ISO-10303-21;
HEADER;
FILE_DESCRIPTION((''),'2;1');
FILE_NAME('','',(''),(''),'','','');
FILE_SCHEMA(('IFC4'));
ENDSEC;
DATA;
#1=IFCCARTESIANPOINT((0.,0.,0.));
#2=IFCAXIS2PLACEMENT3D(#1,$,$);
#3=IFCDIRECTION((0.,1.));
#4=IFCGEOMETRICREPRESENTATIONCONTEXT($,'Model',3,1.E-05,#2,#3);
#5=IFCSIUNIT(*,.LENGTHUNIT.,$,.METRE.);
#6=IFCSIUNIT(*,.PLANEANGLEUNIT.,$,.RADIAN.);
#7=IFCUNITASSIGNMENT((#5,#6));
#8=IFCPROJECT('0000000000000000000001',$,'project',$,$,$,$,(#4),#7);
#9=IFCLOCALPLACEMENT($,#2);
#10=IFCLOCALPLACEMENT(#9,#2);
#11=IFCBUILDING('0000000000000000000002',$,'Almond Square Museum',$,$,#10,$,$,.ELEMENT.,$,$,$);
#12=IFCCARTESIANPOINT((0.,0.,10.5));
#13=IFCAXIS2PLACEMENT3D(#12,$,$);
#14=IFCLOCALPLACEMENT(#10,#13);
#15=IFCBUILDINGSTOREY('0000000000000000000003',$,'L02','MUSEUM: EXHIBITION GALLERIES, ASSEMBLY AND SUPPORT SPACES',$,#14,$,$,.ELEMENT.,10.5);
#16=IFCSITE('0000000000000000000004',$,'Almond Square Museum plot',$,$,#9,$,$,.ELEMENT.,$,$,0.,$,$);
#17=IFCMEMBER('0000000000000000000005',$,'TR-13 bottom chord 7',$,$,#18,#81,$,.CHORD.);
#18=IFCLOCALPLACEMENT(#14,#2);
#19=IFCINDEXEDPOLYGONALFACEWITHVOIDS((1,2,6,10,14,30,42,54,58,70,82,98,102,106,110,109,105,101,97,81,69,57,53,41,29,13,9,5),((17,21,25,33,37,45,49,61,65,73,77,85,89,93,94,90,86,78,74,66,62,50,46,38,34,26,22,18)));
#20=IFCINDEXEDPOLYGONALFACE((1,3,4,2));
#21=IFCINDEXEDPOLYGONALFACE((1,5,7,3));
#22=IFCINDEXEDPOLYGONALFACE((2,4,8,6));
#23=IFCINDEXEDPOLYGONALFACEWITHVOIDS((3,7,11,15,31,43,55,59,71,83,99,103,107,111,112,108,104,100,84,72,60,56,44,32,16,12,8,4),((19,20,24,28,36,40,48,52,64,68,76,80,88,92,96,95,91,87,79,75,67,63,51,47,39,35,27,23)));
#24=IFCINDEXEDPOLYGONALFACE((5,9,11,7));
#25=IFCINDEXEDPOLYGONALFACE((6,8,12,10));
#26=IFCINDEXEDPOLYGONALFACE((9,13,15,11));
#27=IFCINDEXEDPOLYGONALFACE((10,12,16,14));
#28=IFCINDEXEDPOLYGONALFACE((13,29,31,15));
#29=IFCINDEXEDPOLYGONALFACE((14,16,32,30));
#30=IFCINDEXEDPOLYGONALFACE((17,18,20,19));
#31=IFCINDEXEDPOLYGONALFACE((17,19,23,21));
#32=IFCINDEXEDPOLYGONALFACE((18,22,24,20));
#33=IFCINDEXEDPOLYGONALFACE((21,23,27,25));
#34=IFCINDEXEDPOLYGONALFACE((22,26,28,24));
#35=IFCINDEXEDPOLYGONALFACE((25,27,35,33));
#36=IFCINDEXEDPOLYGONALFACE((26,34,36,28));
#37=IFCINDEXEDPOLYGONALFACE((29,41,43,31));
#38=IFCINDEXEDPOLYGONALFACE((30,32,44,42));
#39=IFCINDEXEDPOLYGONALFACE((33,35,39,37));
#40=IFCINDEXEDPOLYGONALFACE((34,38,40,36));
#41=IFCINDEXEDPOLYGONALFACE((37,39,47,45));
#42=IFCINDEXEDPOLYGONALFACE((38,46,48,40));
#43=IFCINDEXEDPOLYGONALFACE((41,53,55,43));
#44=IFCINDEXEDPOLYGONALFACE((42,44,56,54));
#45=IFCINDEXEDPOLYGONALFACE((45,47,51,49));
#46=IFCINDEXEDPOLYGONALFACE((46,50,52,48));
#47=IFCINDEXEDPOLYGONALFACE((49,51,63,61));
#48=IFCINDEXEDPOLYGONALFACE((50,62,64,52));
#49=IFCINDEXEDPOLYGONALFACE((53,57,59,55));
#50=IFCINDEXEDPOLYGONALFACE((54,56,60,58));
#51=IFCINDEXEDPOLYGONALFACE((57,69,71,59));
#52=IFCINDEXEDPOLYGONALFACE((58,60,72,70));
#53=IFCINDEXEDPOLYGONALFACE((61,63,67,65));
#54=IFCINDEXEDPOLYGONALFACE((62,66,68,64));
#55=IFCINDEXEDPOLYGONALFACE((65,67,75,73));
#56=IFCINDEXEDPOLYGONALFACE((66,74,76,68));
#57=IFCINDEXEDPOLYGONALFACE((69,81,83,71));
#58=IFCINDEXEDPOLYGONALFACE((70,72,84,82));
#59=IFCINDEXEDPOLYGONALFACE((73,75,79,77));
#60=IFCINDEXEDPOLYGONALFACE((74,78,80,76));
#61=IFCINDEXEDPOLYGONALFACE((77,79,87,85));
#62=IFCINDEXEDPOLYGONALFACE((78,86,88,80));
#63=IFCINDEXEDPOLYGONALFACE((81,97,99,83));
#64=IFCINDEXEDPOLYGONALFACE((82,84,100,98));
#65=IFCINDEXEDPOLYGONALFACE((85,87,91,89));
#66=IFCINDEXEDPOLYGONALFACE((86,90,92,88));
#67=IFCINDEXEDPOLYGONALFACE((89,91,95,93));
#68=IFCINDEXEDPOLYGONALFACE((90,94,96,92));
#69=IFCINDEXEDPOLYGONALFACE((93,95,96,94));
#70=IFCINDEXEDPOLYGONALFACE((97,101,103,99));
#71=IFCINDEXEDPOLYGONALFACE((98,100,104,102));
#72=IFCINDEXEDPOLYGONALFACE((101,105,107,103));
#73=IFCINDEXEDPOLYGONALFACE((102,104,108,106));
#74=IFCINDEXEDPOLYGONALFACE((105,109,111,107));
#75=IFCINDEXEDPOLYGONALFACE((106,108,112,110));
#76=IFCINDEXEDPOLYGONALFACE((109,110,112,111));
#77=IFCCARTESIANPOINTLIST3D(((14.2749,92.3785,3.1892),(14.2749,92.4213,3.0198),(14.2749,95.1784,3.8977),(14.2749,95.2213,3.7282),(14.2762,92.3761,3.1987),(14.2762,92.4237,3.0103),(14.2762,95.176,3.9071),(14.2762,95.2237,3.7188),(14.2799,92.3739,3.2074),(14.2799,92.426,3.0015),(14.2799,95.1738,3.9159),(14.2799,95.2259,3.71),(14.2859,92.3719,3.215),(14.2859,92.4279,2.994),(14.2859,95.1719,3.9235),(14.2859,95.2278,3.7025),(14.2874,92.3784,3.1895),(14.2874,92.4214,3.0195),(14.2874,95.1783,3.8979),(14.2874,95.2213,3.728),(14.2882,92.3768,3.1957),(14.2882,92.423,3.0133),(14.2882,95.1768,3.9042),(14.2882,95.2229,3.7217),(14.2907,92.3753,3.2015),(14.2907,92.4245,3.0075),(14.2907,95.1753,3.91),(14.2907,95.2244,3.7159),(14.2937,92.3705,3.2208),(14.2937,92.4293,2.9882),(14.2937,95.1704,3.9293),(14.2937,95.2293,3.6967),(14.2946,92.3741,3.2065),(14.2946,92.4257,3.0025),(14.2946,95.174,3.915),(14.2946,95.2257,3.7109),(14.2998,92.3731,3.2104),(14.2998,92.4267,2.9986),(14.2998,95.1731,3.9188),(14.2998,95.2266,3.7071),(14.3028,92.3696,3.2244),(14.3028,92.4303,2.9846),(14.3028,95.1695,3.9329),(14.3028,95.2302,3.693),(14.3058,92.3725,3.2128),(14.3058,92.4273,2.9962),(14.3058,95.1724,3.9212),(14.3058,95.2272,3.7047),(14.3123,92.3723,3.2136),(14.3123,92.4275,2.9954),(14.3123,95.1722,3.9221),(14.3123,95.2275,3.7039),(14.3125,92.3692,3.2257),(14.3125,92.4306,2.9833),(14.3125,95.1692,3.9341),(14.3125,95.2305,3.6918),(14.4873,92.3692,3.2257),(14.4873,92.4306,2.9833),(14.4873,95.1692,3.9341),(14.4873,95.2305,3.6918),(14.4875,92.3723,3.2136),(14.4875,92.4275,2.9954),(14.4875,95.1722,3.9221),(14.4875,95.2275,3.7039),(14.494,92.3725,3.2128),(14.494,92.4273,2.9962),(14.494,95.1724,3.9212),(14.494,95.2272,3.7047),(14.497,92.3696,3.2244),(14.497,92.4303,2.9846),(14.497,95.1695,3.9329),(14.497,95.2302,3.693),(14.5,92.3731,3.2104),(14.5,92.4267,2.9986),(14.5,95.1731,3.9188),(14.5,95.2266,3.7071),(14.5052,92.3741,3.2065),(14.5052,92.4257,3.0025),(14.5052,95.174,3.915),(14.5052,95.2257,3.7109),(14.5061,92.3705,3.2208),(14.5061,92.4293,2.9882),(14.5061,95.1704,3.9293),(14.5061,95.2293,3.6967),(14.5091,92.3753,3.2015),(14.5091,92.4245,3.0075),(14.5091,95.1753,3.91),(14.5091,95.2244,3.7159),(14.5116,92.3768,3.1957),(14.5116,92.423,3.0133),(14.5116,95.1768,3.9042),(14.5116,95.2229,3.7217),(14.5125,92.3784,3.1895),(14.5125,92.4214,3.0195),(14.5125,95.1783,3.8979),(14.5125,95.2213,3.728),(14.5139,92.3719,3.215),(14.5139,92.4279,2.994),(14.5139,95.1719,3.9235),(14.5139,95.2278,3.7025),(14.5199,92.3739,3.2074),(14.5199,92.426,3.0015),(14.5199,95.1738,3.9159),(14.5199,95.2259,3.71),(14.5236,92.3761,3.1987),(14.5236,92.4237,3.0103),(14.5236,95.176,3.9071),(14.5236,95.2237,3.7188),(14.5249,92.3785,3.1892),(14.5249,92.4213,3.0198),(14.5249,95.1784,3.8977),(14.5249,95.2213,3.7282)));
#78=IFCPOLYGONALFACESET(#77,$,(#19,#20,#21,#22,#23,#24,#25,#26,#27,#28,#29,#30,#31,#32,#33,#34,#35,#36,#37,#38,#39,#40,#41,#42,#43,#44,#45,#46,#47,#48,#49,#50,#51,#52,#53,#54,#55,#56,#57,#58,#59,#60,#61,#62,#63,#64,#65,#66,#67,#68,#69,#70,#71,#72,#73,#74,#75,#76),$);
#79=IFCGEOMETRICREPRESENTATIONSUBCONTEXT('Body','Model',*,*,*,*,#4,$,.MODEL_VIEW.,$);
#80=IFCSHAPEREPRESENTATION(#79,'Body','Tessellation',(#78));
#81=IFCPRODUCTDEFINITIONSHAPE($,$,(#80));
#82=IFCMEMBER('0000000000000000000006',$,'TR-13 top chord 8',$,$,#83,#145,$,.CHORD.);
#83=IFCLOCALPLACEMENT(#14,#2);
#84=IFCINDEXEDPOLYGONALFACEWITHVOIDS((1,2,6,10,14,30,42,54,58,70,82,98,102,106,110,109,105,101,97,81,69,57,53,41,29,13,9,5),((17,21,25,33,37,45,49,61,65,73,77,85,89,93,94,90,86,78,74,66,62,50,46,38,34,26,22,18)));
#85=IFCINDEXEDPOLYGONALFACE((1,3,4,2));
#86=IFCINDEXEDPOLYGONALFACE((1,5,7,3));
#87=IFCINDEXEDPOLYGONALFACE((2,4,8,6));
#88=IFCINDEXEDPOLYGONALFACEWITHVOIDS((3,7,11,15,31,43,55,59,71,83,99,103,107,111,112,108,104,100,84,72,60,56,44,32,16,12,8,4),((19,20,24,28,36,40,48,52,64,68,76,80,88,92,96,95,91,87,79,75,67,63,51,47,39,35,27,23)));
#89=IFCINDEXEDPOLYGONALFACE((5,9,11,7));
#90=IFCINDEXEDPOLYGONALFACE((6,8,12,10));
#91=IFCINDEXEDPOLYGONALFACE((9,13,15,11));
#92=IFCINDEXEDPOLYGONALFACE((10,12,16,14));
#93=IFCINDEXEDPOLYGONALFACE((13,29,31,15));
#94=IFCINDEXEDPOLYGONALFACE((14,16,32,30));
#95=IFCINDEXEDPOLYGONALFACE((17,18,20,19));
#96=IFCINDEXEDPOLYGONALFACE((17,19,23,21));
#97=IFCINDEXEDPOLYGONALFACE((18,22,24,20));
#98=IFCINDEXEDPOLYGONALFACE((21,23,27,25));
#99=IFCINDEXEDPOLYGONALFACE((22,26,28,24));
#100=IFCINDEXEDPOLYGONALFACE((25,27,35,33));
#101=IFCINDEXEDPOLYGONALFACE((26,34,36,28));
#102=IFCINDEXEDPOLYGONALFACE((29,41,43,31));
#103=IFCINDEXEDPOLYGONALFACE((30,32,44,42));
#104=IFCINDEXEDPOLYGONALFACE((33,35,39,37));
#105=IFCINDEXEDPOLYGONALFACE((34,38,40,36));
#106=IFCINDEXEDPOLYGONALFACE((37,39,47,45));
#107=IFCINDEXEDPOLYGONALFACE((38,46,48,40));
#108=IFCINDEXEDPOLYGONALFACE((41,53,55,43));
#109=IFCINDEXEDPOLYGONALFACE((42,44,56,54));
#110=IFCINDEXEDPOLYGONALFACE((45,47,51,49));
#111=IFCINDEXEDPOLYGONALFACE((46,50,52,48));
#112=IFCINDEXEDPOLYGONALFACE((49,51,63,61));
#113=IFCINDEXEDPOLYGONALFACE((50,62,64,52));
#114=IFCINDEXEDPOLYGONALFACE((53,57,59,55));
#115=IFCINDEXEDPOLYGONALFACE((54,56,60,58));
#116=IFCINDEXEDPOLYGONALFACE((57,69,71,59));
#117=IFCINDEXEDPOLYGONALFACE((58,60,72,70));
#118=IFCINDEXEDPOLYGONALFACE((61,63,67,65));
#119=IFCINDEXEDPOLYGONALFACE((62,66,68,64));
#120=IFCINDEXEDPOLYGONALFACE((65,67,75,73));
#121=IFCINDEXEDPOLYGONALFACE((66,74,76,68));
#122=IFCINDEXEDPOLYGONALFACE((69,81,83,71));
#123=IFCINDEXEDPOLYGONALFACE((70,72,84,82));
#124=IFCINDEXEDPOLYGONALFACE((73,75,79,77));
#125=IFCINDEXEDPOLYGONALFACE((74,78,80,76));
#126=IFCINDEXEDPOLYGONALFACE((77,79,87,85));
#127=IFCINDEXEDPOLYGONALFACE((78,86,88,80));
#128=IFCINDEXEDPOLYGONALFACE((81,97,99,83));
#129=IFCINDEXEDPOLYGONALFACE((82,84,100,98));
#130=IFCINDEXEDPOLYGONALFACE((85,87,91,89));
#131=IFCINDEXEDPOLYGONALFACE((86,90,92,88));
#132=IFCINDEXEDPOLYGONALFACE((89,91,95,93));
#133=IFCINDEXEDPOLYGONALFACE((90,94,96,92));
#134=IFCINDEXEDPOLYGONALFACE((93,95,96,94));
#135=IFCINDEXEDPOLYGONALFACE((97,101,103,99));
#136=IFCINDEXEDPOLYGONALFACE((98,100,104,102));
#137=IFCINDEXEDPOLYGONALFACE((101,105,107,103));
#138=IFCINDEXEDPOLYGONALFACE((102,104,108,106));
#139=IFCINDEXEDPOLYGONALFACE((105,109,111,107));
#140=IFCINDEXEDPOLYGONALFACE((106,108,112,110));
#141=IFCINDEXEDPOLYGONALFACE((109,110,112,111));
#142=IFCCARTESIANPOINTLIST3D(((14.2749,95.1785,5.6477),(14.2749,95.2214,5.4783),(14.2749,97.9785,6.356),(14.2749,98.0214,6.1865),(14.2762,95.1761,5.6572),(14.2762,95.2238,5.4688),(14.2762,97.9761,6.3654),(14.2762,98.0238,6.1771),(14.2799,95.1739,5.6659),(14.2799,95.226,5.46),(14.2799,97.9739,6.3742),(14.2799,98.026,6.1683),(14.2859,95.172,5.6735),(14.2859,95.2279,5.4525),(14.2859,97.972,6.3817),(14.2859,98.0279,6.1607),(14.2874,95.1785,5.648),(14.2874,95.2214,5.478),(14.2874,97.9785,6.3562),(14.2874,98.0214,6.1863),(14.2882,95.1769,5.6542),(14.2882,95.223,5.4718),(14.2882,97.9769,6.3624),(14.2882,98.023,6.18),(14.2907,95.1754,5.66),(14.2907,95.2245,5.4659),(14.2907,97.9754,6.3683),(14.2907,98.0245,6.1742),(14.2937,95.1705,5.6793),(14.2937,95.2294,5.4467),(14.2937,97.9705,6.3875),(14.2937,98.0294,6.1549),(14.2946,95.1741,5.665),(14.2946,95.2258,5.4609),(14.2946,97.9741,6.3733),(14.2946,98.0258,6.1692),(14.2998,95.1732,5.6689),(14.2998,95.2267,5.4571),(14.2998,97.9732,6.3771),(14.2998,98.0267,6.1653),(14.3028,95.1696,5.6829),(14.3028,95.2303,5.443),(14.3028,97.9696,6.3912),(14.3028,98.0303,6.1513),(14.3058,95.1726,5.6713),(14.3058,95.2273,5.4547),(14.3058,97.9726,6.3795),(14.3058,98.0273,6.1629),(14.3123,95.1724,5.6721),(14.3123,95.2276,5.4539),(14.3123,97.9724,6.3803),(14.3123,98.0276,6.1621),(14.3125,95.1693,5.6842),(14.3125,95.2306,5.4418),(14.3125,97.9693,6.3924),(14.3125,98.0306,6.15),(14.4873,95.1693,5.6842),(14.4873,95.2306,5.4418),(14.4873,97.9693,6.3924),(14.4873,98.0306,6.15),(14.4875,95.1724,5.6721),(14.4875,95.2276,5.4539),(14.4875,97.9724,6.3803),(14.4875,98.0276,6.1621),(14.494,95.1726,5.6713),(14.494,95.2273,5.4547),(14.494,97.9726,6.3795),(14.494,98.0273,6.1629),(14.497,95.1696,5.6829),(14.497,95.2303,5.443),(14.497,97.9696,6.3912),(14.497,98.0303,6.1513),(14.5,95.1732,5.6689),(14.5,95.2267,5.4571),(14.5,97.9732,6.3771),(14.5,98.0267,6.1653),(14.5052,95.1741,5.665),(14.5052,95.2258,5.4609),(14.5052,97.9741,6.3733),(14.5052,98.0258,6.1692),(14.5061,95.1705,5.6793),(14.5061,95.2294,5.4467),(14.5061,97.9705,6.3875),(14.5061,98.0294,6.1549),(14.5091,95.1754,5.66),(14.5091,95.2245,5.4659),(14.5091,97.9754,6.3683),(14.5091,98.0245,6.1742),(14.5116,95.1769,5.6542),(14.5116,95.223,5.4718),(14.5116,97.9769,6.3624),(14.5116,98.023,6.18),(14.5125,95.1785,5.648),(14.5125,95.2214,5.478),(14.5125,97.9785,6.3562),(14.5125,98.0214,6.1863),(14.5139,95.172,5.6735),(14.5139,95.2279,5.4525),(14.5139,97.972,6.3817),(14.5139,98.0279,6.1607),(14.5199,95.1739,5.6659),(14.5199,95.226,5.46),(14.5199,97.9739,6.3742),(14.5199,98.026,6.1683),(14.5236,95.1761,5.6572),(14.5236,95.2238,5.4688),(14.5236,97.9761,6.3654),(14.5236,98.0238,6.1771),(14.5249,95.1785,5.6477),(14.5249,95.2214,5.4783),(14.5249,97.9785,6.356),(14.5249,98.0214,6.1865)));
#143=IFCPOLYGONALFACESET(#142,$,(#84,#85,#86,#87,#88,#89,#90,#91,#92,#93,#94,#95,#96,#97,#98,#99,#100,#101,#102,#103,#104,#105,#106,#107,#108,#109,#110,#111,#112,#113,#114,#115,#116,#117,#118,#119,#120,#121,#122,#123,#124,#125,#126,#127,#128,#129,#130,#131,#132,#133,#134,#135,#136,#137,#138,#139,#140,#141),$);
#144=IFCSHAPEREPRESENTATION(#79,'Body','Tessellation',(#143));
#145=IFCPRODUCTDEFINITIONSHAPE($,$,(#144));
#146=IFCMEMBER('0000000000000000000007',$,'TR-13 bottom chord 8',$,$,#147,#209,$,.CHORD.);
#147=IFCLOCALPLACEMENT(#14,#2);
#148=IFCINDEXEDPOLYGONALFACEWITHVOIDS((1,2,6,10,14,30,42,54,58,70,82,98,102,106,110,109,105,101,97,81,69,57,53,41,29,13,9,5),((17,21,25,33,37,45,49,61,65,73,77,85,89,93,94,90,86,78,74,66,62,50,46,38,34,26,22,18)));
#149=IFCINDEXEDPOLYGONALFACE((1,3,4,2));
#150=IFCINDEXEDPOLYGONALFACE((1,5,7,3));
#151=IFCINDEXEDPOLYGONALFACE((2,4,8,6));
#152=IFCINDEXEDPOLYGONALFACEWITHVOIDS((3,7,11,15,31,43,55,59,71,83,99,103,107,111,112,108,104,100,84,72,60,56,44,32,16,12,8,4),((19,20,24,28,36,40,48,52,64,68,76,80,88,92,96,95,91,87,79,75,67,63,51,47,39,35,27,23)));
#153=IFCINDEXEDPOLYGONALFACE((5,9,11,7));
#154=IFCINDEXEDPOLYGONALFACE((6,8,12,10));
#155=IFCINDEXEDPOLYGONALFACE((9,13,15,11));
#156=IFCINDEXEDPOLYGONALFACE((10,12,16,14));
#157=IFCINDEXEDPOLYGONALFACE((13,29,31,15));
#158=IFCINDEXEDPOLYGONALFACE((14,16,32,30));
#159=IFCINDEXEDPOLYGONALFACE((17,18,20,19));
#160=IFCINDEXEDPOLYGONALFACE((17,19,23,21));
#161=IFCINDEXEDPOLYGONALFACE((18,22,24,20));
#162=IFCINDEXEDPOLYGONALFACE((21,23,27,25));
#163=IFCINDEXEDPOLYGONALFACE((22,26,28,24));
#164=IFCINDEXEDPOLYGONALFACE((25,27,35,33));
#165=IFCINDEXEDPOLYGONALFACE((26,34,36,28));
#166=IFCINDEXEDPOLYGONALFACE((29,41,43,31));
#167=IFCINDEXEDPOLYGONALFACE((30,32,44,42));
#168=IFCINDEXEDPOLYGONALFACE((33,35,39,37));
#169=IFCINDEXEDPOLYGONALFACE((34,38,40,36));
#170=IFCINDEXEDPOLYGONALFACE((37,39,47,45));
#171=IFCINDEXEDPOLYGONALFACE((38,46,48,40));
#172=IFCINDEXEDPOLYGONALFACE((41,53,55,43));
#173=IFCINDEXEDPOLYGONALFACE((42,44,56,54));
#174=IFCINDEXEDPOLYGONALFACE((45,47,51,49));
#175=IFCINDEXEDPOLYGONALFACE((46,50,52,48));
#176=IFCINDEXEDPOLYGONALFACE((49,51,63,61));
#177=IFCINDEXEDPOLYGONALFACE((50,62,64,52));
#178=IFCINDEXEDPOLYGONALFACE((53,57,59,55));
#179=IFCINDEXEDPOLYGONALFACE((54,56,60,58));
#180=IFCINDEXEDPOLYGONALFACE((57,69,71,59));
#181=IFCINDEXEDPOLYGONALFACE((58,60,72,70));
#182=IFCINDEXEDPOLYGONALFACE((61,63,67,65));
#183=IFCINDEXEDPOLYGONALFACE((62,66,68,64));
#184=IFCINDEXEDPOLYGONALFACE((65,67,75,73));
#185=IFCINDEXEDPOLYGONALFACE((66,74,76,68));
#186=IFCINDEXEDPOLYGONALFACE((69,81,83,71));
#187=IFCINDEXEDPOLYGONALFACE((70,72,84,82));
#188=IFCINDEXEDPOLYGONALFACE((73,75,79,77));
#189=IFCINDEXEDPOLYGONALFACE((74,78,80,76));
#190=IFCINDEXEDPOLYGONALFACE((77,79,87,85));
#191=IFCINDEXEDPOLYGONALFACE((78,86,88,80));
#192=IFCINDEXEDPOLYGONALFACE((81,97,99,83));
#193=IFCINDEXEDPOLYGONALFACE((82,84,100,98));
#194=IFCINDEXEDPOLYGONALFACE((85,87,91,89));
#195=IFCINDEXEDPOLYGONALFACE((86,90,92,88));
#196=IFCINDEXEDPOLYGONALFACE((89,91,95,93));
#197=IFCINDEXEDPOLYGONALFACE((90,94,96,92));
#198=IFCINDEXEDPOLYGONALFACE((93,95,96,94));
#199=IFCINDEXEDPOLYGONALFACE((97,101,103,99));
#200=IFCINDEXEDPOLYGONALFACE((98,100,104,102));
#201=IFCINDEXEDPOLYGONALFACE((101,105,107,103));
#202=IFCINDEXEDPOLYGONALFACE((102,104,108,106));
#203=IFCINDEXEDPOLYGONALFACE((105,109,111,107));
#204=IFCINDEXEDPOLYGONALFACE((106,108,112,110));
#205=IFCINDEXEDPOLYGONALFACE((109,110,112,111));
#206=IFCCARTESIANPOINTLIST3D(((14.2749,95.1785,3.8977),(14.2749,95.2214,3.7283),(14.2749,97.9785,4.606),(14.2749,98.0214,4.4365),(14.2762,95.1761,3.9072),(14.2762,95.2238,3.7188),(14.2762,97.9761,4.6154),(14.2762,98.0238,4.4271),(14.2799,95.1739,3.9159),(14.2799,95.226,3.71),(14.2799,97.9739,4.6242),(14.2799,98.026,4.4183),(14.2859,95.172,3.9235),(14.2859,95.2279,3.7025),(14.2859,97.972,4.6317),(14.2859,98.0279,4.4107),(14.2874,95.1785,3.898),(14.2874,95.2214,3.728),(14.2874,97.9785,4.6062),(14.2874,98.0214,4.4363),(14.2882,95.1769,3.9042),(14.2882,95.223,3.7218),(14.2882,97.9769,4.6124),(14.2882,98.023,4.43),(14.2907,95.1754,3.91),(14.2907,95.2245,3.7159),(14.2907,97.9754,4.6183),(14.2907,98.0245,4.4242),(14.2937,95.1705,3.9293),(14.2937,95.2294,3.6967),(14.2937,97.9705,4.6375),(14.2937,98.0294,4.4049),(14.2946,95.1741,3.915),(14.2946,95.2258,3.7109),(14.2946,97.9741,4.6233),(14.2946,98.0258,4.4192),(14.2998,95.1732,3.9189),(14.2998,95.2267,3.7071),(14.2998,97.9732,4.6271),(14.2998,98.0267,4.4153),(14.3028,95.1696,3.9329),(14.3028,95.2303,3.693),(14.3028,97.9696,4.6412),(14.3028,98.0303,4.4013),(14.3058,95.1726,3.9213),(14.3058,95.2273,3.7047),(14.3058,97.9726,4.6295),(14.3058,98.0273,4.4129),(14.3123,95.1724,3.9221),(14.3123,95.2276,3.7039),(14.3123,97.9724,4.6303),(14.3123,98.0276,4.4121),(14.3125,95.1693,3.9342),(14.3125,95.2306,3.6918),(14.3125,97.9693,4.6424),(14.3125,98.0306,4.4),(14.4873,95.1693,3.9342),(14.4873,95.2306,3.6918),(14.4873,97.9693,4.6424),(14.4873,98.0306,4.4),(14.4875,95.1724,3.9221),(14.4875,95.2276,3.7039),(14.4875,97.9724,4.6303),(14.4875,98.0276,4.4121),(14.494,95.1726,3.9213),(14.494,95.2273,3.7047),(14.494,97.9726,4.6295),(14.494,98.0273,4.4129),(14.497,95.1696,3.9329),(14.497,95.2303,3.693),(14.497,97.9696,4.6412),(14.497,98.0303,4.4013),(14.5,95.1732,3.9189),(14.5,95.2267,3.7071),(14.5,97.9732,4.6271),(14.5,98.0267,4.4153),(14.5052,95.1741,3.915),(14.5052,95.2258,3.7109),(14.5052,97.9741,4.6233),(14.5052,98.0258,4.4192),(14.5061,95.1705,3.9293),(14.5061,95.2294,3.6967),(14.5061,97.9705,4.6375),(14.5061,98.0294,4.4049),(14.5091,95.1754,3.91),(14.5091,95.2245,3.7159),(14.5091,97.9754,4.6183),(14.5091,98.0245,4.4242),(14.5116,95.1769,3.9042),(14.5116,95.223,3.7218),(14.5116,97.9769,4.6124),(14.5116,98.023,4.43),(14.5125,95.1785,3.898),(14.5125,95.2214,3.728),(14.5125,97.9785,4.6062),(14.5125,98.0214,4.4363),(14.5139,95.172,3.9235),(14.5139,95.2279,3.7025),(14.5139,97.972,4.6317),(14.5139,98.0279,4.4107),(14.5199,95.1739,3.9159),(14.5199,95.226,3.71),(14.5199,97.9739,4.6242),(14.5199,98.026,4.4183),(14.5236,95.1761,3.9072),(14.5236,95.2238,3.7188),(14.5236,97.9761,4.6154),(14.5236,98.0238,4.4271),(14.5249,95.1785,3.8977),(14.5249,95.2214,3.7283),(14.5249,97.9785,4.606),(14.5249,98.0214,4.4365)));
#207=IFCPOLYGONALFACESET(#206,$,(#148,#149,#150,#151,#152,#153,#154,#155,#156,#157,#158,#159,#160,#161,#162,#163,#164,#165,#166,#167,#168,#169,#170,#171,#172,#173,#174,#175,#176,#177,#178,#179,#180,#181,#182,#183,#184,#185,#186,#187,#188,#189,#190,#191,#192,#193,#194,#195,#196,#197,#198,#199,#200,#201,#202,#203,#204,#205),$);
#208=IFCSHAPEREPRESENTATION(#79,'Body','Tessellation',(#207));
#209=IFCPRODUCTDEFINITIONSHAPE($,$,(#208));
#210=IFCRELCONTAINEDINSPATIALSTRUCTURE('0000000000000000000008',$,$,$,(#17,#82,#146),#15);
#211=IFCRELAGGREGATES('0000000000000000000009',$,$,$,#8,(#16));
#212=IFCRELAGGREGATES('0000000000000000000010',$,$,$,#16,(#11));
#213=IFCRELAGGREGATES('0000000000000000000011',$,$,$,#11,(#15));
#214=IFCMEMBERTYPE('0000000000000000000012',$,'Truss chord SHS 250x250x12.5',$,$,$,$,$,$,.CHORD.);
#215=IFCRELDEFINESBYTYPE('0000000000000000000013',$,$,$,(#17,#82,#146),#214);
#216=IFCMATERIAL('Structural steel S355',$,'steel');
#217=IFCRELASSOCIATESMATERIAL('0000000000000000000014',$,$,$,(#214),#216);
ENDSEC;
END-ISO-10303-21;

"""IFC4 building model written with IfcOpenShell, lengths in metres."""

from ifc_helpers import new_model, si_unit, direction, frame, origin, origin_2d, place, context, subcontext, project, spatial, hollow_rectangle, extrude, material, material_profile, profile_set, type_object, element, save


model = new_model("IFC4")

# Units and contexts
model_context = context("Model", 3, precision=1e-05, world=origin(), true_north=direction((0.0, 1.0)))
body_context = subcontext(model_context, "Body", "Model", "MODEL_VIEW")
ifc_project = project(units=[si_unit("LENGTHUNIT", "METRE"), si_unit("PLANEANGLEUNIT", "RADIAN")], contexts=[model_context])

# Site, building, storey
site_placement = place(None, origin())
site = spatial("IfcSite", under=ifc_project, at=site_placement, Name="Almond Square Museum plot", CompositionType="ELEMENT", RefElevation=0.0)
building_placement = place(site_placement, origin())
building = spatial("IfcBuilding", under=site, at=building_placement, Name="Almond Square Museum", CompositionType="ELEMENT")
storey_placement = place(building_placement, frame((0.0, 0.0, 10.5)))
storey = spatial("IfcBuildingStorey", under=building, at=storey_placement, Name="L02", Description="MUSEUM: EXHIBITION GALLERIES, ASSEMBLY AND SUPPORT SPACES", CompositionType="ELEMENT", Elevation=10.5)

# Members
ifc_material_1 = material(Name="Structural steel S355", Category="steel")
ifc_material_profile_1 = material_profile(ifc_material_1, hollow_rectangle(XDim=0.25, YDim=0.25, WallThickness=0.0125, InnerFilletRadius=0.0249, OuterFilletRadius=0.0376, at=origin_2d()))
ifc_profile_set_1 = profile_set([ifc_material_profile_1], Name="Structural steel S355")
member_type_1 = type_object("IfcMemberType", Name="Truss chord SHS 250x250x12.5", PredefinedType="CHORD", material=ifc_profile_set_1)
for number, where, z_axis, x_axis, name in (
    (1, (14.3999, 92.3999, 3.1045), (0.0, 0.969447, 0.245299), (-1.0, 0.0, 0.0), "TR-13 bottom chord 7"),
    (2, (14.3999, 95.2, 5.563), (0.0, 0.969468, 0.24522), (-1.0, 0.0, 0.0), "TR-13 top chord 8"),
    (3, (14.3999, 95.2, 3.813), (0.0, 0.969468, 0.24522), (-1.0, 0.0, 0.0), "TR-13 bottom chord 8"),
):
    element("IfcMember", number, at=place(storey_placement, frame(where, z_axis=z_axis, x_axis=x_axis)), inside=storey, type_object=member_type_1, Name=name, PredefinedType="CHORD", context=body_context, shape_type="SweptSolid", body=[
        extrude(hollow_rectangle(XDim=0.25, YDim=0.25, WallThickness=0.0125, InnerFilletRadius=0.0249, OuterFilletRadius=0.0376, at=origin_2d()), origin(), (0.0, 0.0, 1.0), 2.8882),
    ])

save(model, "model.ifc")
